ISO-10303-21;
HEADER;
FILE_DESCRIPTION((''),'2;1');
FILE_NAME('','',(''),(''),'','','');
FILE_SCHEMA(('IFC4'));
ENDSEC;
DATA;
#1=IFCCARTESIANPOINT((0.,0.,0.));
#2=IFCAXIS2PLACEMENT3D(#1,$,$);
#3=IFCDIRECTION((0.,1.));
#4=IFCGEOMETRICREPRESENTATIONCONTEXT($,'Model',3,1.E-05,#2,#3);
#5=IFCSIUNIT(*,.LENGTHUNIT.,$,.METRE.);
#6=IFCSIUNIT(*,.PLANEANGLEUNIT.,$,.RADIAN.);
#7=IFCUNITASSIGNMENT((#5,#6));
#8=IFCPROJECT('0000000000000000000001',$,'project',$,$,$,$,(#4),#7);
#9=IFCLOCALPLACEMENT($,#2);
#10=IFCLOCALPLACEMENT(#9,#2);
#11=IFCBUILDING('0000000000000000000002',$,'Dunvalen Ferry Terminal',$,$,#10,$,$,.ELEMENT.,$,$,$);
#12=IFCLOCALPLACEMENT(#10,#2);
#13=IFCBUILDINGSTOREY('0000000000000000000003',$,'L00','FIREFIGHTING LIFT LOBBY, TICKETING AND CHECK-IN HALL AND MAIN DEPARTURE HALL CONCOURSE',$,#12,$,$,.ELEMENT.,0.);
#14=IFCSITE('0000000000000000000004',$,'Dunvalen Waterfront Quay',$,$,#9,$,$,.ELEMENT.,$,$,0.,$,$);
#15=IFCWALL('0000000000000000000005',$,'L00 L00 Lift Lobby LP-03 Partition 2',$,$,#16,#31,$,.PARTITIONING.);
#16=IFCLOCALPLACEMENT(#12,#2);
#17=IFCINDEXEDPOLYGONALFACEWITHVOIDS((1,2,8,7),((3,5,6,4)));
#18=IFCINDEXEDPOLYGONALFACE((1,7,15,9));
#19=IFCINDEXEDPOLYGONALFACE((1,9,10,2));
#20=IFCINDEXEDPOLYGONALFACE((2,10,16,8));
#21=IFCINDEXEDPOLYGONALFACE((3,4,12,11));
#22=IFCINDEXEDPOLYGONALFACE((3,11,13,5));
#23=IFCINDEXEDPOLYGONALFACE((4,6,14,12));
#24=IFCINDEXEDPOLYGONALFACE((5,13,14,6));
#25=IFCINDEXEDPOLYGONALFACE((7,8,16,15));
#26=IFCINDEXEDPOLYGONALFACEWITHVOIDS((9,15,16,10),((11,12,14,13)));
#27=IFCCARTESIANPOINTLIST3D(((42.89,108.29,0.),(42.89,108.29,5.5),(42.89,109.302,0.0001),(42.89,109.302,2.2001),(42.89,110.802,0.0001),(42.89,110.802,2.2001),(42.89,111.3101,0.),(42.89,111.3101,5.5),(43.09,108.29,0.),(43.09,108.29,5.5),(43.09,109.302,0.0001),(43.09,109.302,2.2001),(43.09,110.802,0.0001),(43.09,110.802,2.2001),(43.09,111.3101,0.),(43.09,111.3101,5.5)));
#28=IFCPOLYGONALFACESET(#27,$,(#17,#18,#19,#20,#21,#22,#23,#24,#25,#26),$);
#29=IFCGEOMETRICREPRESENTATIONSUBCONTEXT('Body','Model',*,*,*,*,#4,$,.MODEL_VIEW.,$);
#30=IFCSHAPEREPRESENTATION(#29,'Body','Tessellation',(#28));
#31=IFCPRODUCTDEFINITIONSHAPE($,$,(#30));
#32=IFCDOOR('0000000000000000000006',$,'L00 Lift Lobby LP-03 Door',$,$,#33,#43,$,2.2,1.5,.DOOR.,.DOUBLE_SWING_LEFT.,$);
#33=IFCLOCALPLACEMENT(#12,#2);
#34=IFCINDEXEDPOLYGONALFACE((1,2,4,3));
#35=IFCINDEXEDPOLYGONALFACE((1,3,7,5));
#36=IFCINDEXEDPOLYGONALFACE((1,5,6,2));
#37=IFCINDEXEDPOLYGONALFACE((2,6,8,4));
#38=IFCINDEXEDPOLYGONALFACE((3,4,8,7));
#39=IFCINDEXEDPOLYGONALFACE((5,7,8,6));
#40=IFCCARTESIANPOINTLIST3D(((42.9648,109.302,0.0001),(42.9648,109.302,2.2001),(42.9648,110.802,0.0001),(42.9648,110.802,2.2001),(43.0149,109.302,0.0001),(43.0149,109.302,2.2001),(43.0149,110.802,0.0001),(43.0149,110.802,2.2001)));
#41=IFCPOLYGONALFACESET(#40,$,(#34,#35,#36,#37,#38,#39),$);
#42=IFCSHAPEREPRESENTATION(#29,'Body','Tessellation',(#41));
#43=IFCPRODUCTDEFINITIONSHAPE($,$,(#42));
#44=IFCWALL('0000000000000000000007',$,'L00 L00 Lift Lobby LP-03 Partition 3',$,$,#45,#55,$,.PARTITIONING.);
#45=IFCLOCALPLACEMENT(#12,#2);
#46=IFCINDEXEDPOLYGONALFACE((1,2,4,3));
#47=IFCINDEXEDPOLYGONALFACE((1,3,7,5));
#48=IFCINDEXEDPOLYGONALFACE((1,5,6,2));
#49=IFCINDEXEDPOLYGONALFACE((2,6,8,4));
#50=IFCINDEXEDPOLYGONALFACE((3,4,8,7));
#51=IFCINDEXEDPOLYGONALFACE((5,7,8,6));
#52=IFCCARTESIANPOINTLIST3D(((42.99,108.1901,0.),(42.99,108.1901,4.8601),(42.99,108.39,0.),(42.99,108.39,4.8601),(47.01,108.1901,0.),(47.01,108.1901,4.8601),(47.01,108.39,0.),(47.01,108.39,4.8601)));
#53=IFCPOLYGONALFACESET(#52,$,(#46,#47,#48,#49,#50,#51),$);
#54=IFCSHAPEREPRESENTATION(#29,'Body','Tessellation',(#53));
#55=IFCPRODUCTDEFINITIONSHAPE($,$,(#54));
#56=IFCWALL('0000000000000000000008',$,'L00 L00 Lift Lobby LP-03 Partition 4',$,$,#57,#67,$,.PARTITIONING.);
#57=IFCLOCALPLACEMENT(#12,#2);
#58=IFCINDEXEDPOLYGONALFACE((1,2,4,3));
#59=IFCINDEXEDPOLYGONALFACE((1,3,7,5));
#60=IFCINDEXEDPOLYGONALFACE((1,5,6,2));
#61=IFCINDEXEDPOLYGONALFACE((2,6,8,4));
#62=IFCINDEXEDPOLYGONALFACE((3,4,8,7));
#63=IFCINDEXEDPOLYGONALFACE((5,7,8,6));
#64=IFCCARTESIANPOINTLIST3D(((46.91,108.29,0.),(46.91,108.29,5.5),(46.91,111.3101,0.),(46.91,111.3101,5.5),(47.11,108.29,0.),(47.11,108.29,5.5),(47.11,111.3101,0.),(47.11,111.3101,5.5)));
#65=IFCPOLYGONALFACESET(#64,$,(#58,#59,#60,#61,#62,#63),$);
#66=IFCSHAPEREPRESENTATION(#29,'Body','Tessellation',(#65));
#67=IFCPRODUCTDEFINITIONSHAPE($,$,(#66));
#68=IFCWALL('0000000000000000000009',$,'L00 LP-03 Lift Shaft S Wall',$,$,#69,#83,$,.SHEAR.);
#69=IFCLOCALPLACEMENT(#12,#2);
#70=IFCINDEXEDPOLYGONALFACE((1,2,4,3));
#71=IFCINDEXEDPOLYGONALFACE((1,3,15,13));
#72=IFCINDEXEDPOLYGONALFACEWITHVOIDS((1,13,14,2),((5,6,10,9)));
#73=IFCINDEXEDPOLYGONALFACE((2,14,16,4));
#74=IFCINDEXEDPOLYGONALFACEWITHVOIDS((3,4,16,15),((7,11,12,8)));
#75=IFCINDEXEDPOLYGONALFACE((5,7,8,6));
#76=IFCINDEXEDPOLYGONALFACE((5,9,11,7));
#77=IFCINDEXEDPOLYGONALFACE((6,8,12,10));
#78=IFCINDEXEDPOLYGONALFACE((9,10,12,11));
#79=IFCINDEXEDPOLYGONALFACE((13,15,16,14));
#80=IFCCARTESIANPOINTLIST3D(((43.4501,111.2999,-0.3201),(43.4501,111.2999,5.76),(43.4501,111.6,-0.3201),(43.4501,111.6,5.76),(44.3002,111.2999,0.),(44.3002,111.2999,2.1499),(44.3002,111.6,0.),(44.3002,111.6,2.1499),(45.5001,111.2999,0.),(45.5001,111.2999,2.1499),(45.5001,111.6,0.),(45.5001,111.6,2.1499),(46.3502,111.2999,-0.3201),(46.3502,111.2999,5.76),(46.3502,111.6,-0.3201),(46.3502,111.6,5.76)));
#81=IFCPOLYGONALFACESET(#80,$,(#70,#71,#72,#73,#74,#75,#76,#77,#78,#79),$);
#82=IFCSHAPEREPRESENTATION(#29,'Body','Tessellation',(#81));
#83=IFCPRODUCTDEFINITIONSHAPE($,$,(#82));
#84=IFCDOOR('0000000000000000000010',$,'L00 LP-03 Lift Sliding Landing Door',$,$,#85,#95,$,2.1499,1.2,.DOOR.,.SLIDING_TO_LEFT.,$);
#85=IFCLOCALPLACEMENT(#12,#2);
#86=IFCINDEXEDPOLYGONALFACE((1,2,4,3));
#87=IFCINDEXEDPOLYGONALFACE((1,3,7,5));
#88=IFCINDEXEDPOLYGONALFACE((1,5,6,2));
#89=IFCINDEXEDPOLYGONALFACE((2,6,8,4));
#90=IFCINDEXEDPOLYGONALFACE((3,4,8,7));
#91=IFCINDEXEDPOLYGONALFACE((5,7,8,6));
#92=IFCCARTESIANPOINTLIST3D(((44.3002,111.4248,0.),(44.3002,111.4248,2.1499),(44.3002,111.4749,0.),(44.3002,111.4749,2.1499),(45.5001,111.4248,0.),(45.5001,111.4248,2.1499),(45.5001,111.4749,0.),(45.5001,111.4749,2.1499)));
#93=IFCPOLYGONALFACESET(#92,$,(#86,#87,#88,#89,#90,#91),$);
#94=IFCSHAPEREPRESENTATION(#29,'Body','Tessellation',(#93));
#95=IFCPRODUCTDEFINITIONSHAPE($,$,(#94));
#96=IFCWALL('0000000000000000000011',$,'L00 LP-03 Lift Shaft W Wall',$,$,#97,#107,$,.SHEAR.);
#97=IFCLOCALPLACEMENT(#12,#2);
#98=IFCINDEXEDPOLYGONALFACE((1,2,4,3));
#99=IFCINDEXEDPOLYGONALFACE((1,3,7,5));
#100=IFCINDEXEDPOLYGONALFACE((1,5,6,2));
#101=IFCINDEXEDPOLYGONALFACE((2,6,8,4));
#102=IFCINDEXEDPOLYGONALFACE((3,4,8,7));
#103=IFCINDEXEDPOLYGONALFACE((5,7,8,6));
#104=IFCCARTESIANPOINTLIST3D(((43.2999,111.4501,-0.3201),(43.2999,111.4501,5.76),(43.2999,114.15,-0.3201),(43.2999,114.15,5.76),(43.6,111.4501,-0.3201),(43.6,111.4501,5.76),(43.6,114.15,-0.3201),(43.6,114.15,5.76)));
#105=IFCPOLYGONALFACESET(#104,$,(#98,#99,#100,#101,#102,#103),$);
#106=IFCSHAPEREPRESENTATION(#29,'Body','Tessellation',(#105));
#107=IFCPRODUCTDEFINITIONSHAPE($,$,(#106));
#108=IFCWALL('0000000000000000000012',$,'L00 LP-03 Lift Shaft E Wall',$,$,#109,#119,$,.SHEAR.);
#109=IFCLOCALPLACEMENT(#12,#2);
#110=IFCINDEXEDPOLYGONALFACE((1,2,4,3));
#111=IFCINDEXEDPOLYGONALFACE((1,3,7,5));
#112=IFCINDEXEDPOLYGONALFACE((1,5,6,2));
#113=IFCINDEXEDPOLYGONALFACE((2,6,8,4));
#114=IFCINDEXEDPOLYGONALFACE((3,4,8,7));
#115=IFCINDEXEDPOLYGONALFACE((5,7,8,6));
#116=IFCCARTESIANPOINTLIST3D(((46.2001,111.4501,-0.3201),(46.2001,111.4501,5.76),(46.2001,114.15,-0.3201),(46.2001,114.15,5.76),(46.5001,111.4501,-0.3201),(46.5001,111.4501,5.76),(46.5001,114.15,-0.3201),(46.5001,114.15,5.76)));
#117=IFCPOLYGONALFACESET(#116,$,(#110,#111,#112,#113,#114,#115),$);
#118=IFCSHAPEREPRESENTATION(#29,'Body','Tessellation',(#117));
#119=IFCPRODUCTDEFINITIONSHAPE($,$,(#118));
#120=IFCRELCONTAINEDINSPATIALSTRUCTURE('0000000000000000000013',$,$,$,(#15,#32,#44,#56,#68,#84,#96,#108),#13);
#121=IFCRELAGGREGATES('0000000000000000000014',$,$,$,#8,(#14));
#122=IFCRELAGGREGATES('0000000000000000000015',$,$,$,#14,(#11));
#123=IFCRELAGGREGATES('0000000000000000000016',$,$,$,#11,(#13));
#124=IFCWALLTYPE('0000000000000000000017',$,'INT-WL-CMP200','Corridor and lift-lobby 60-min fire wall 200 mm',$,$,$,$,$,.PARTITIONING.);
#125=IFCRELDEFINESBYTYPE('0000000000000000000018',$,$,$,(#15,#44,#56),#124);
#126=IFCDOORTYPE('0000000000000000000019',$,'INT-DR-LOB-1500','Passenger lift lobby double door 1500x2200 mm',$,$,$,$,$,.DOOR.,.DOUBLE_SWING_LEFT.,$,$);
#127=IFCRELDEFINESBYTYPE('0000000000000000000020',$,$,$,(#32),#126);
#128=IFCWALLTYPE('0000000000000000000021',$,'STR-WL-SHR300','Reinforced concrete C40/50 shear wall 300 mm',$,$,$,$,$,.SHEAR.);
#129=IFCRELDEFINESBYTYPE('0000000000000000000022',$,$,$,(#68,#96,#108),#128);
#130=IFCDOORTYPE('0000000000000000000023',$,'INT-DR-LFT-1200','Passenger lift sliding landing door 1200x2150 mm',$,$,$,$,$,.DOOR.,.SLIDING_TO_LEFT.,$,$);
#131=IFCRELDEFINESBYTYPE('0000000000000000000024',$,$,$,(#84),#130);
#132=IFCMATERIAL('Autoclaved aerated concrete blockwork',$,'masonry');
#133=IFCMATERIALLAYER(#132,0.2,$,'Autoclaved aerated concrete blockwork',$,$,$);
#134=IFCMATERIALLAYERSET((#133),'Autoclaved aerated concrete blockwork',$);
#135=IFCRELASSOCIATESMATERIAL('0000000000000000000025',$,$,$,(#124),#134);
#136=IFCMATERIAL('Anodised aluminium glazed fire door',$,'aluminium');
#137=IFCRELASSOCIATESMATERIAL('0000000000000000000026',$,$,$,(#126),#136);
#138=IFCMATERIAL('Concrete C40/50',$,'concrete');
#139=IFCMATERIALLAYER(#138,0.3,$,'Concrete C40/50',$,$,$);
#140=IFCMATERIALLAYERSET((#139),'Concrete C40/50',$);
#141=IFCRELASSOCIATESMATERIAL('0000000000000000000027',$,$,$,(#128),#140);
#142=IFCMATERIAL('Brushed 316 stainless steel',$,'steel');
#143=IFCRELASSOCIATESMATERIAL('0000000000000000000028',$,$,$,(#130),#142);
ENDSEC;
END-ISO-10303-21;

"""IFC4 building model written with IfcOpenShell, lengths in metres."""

from ifc_helpers import new_model, si_unit, direction, frame, frame_2d, origin, place, context, subcontext, project, spatial, rectangle, extrude, material, layer, layer_set, type_object, element, fill, save


model = new_model("IFC4")

# Units and contexts
model_context = context("Model", 3, precision=1e-05, world=origin(), true_north=direction((0.0, 1.0)))
body_context = subcontext(model_context, "Body", "Model", "MODEL_VIEW")
ifc_project = project(units=[si_unit("LENGTHUNIT", "METRE"), si_unit("PLANEANGLEUNIT", "RADIAN")], contexts=[model_context])

# Site, building, storey
site_placement = place(None, origin())
site = spatial("IfcSite", under=ifc_project, at=site_placement, Name="Dunvalen Waterfront Quay", CompositionType="ELEMENT", RefElevation=0.0)
building_placement = place(site_placement, origin())
building = spatial("IfcBuilding", under=site, at=building_placement, Name="Dunvalen Ferry Terminal", CompositionType="ELEMENT")
storey_placement = place(building_placement, origin())
storey = spatial("IfcBuildingStorey", under=building, at=storey_placement, Name="L00", Description="FIREFIGHTING LIFT LOBBY, TICKETING AND CHECK-IN HALL AND MAIN DEPARTURE HALL CONCOURSE", CompositionType="ELEMENT", Elevation=0.0)

# Shared definitions
ifc_material_1 = material(Name="Concrete C40/50", Category="concrete")

# Wall, opening, door
ifc_material_2 = material(Name="Autoclaved aerated concrete blockwork", Category="masonry")
ifc_layer_1 = layer(ifc_material_2, 0.2, Name="Autoclaved aerated concrete blockwork")
ifc_layer_set_1 = layer_set([ifc_layer_1], Name="Autoclaved aerated concrete blockwork")
wall_type_1 = type_object("IfcWallType", Name="INT-WL-CMP200", Description="Corridor and lift-lobby 60-min fire wall 200 mm", PredefinedType="PARTITIONING", material=ifc_layer_set_1)
wall_1_placement = place(storey_placement, frame((42.99, 111.3101, 0.0), z_axis=(0.0, 0.0, 1.0), x_axis=(0.0, -1.0, 0.0)))
wall_1 = element("IfcWall", 1, at=wall_1_placement, inside=storey, type_object=wall_type_1, Name="L00 L00 Lift Lobby LP-03 Partition 2", PredefinedType="PARTITIONING", context=body_context, shape_type="SweptSolid", body=[
    extrude(rectangle(XDim=3.02, YDim=0.2, at=frame_2d((1.51, 0.0))), origin(), (0.0, 0.0, 1.0), 5.5),
])
opening_1_placement = place(wall_1_placement, frame((0.5081, 0.0, 0.0)))
opening_1 = element("IfcOpeningElement", 2, at=opening_1_placement, cuts=wall_1, PredefinedType="OPENING", context=body_context, shape_type="SweptSolid", body=[
    extrude(rectangle(XDim=1.5, YDim=2.2, at=frame_2d((0.75, 1.1001))), frame((0.0, 0.1099, 0.0), z_axis=(0.0, -1.0, 0.0), x_axis=(1.0, 0.0, 0.0)), (0.0, 0.0, 1.0), 0.22),
])
ifc_material_3 = material(Name="Anodised aluminium glazed fire door", Category="aluminium")
door_type_1 = type_object("IfcDoorType", Name="INT-DR-LOB-1500", Description="Passenger lift lobby double door 1500x2200 mm", OperationType="DOUBLE_SWING_LEFT", PredefinedType="DOOR", material=ifc_material_3)
door_1_placement = place(opening_1_placement, origin())
door_1 = element("IfcDoor", 3, at=door_1_placement, inside=storey, type_object=door_type_1, Name="L00 Lift Lobby LP-03 Door", OperationType="DOUBLE_SWING_LEFT", OverallHeight=2.2, OverallWidth=1.5, PredefinedType="DOOR", context=body_context, shape_type="SweptSolid", body=[
    extrude(rectangle(XDim=1.5, YDim=2.2, at=frame_2d((0.75, 1.1001))), frame((0.0, 0.0249, 0.0), z_axis=(0.0, -1.0, 0.0), x_axis=(1.0, 0.0, 0.0)), (0.0, 0.0, 1.0), 0.05),
])
fill(opening_1, door_1)

# Walls
wall_2_placement = place(storey_placement, frame((42.99, 108.29, 0.0), z_axis=(0.0, 0.0, 1.0), x_axis=(1.0, 0.0, 0.0)))
element("IfcWall", 4, at=wall_2_placement, inside=storey, type_object=wall_type_1, Name="L00 L00 Lift Lobby LP-03 Partition 3", PredefinedType="PARTITIONING", context=body_context, shape_type="SweptSolid", body=[
    extrude(rectangle(XDim=4.02, YDim=0.2, at=frame_2d((2.01, 0.0))), origin(), (0.0, 0.0, 1.0), 4.8601),
])
wall_3_placement = place(storey_placement, frame((47.01, 108.29, 0.0), z_axis=(0.0, 0.0, 1.0), x_axis=(0.0, 1.0, 0.0)))
element("IfcWall", 5, at=wall_3_placement, inside=storey, type_object=wall_type_1, Name="L00 L00 Lift Lobby LP-03 Partition 4", PredefinedType="PARTITIONING", context=body_context, shape_type="SweptSolid", body=[
    extrude(rectangle(XDim=3.02, YDim=0.2, at=frame_2d((1.51, 0.0))), origin(), (0.0, 0.0, 1.0), 5.5),
])

# Wall, opening, door
ifc_layer_2 = layer(ifc_material_1, 0.3, Name="Concrete C40/50")
ifc_layer_set_2 = layer_set([ifc_layer_2], Name="Concrete C40/50")
wall_type_2 = type_object("IfcWallType", Name="STR-WL-SHR300", Description="Reinforced concrete C40/50 shear wall 300 mm", PredefinedType="SHEAR", material=ifc_layer_set_2)
wall_4_placement = place(storey_placement, frame((43.45, 111.45, -0.3201), z_axis=(0.0, 0.0, 1.0), x_axis=(1.0, 0.0, 0.0)))
wall_4 = element("IfcWall", 6, at=wall_4_placement, inside=storey, type_object=wall_type_2, Name="L00 LP-03 Lift Shaft S Wall", PredefinedType="SHEAR", context=body_context, shape_type="SweptSolid", body=[
    extrude(rectangle(XDim=2.9001, YDim=0.3, at=frame_2d((1.4502, 0.0))), origin(), (0.0, 0.0, 1.0), 6.0801),
])
opening_2_placement = place(wall_4_placement, frame((0.8501, 0.0, 0.3201)))
opening_2 = element("IfcOpeningElement", 7, at=opening_2_placement, cuts=wall_4, PredefinedType="OPENING", context=body_context, shape_type="SweptSolid", body=[
    extrude(rectangle(XDim=1.2, YDim=2.1499, at=frame_2d((0.6001, 1.075))), frame((0.0, 0.1602, 0.0), z_axis=(0.0, -1.0, 0.0), x_axis=(1.0, 0.0, 0.0)), (0.0, 0.0, 1.0), 0.3201),
])
ifc_material_4 = material(Name="Brushed 316 stainless steel", Category="steel")
door_type_2 = type_object("IfcDoorType", Name="INT-DR-LFT-1200", Description="Passenger lift sliding landing door 1200x2150 mm", OperationType="SLIDING_TO_LEFT", PredefinedType="DOOR", material=ifc_material_4)
door_2_placement = place(opening_2_placement, origin())
door_2 = element("IfcDoor", 8, at=door_2_placement, inside=storey, type_object=door_type_2, Name="L00 LP-03 Lift Sliding Landing Door", OperationType="SLIDING_TO_LEFT", OverallHeight=2.1499, OverallWidth=1.2, PredefinedType="DOOR", context=body_context, shape_type="SweptSolid", body=[
    extrude(rectangle(XDim=1.2, YDim=2.1499, at=frame_2d((0.6001, 1.075))), frame((0.0, 0.0249, 0.0), z_axis=(0.0, -1.0, 0.0), x_axis=(1.0, 0.0, 0.0)), (0.0, 0.0, 1.0), 0.05),
])
fill(opening_2, door_2)

# Walls
for number, where, z_axis, x_axis, name in (
    (9, (43.45, 111.45, -0.3201), (0.0, 0.0, 1.0), (0.0, 1.0, 0.0), "L00 LP-03 Lift Shaft W Wall"),
    (10, (46.3501, 111.45, -0.3201), (0.0, 0.0, 1.0), (0.0, 1.0, 0.0), "L00 LP-03 Lift Shaft E Wall"),
):
    element("IfcWall", number, at=place(storey_placement, frame(where, z_axis=z_axis, x_axis=x_axis)), inside=storey, type_object=wall_type_2, Name=name, PredefinedType="SHEAR", context=body_context, shape_type="SweptSolid", body=[
        extrude(rectangle(XDim=2.7, YDim=0.3, at=frame_2d((1.3501, 0.0))), origin(), (0.0, 0.0, 1.0), 6.0801),
    ])

save(model, "model.ifc")
